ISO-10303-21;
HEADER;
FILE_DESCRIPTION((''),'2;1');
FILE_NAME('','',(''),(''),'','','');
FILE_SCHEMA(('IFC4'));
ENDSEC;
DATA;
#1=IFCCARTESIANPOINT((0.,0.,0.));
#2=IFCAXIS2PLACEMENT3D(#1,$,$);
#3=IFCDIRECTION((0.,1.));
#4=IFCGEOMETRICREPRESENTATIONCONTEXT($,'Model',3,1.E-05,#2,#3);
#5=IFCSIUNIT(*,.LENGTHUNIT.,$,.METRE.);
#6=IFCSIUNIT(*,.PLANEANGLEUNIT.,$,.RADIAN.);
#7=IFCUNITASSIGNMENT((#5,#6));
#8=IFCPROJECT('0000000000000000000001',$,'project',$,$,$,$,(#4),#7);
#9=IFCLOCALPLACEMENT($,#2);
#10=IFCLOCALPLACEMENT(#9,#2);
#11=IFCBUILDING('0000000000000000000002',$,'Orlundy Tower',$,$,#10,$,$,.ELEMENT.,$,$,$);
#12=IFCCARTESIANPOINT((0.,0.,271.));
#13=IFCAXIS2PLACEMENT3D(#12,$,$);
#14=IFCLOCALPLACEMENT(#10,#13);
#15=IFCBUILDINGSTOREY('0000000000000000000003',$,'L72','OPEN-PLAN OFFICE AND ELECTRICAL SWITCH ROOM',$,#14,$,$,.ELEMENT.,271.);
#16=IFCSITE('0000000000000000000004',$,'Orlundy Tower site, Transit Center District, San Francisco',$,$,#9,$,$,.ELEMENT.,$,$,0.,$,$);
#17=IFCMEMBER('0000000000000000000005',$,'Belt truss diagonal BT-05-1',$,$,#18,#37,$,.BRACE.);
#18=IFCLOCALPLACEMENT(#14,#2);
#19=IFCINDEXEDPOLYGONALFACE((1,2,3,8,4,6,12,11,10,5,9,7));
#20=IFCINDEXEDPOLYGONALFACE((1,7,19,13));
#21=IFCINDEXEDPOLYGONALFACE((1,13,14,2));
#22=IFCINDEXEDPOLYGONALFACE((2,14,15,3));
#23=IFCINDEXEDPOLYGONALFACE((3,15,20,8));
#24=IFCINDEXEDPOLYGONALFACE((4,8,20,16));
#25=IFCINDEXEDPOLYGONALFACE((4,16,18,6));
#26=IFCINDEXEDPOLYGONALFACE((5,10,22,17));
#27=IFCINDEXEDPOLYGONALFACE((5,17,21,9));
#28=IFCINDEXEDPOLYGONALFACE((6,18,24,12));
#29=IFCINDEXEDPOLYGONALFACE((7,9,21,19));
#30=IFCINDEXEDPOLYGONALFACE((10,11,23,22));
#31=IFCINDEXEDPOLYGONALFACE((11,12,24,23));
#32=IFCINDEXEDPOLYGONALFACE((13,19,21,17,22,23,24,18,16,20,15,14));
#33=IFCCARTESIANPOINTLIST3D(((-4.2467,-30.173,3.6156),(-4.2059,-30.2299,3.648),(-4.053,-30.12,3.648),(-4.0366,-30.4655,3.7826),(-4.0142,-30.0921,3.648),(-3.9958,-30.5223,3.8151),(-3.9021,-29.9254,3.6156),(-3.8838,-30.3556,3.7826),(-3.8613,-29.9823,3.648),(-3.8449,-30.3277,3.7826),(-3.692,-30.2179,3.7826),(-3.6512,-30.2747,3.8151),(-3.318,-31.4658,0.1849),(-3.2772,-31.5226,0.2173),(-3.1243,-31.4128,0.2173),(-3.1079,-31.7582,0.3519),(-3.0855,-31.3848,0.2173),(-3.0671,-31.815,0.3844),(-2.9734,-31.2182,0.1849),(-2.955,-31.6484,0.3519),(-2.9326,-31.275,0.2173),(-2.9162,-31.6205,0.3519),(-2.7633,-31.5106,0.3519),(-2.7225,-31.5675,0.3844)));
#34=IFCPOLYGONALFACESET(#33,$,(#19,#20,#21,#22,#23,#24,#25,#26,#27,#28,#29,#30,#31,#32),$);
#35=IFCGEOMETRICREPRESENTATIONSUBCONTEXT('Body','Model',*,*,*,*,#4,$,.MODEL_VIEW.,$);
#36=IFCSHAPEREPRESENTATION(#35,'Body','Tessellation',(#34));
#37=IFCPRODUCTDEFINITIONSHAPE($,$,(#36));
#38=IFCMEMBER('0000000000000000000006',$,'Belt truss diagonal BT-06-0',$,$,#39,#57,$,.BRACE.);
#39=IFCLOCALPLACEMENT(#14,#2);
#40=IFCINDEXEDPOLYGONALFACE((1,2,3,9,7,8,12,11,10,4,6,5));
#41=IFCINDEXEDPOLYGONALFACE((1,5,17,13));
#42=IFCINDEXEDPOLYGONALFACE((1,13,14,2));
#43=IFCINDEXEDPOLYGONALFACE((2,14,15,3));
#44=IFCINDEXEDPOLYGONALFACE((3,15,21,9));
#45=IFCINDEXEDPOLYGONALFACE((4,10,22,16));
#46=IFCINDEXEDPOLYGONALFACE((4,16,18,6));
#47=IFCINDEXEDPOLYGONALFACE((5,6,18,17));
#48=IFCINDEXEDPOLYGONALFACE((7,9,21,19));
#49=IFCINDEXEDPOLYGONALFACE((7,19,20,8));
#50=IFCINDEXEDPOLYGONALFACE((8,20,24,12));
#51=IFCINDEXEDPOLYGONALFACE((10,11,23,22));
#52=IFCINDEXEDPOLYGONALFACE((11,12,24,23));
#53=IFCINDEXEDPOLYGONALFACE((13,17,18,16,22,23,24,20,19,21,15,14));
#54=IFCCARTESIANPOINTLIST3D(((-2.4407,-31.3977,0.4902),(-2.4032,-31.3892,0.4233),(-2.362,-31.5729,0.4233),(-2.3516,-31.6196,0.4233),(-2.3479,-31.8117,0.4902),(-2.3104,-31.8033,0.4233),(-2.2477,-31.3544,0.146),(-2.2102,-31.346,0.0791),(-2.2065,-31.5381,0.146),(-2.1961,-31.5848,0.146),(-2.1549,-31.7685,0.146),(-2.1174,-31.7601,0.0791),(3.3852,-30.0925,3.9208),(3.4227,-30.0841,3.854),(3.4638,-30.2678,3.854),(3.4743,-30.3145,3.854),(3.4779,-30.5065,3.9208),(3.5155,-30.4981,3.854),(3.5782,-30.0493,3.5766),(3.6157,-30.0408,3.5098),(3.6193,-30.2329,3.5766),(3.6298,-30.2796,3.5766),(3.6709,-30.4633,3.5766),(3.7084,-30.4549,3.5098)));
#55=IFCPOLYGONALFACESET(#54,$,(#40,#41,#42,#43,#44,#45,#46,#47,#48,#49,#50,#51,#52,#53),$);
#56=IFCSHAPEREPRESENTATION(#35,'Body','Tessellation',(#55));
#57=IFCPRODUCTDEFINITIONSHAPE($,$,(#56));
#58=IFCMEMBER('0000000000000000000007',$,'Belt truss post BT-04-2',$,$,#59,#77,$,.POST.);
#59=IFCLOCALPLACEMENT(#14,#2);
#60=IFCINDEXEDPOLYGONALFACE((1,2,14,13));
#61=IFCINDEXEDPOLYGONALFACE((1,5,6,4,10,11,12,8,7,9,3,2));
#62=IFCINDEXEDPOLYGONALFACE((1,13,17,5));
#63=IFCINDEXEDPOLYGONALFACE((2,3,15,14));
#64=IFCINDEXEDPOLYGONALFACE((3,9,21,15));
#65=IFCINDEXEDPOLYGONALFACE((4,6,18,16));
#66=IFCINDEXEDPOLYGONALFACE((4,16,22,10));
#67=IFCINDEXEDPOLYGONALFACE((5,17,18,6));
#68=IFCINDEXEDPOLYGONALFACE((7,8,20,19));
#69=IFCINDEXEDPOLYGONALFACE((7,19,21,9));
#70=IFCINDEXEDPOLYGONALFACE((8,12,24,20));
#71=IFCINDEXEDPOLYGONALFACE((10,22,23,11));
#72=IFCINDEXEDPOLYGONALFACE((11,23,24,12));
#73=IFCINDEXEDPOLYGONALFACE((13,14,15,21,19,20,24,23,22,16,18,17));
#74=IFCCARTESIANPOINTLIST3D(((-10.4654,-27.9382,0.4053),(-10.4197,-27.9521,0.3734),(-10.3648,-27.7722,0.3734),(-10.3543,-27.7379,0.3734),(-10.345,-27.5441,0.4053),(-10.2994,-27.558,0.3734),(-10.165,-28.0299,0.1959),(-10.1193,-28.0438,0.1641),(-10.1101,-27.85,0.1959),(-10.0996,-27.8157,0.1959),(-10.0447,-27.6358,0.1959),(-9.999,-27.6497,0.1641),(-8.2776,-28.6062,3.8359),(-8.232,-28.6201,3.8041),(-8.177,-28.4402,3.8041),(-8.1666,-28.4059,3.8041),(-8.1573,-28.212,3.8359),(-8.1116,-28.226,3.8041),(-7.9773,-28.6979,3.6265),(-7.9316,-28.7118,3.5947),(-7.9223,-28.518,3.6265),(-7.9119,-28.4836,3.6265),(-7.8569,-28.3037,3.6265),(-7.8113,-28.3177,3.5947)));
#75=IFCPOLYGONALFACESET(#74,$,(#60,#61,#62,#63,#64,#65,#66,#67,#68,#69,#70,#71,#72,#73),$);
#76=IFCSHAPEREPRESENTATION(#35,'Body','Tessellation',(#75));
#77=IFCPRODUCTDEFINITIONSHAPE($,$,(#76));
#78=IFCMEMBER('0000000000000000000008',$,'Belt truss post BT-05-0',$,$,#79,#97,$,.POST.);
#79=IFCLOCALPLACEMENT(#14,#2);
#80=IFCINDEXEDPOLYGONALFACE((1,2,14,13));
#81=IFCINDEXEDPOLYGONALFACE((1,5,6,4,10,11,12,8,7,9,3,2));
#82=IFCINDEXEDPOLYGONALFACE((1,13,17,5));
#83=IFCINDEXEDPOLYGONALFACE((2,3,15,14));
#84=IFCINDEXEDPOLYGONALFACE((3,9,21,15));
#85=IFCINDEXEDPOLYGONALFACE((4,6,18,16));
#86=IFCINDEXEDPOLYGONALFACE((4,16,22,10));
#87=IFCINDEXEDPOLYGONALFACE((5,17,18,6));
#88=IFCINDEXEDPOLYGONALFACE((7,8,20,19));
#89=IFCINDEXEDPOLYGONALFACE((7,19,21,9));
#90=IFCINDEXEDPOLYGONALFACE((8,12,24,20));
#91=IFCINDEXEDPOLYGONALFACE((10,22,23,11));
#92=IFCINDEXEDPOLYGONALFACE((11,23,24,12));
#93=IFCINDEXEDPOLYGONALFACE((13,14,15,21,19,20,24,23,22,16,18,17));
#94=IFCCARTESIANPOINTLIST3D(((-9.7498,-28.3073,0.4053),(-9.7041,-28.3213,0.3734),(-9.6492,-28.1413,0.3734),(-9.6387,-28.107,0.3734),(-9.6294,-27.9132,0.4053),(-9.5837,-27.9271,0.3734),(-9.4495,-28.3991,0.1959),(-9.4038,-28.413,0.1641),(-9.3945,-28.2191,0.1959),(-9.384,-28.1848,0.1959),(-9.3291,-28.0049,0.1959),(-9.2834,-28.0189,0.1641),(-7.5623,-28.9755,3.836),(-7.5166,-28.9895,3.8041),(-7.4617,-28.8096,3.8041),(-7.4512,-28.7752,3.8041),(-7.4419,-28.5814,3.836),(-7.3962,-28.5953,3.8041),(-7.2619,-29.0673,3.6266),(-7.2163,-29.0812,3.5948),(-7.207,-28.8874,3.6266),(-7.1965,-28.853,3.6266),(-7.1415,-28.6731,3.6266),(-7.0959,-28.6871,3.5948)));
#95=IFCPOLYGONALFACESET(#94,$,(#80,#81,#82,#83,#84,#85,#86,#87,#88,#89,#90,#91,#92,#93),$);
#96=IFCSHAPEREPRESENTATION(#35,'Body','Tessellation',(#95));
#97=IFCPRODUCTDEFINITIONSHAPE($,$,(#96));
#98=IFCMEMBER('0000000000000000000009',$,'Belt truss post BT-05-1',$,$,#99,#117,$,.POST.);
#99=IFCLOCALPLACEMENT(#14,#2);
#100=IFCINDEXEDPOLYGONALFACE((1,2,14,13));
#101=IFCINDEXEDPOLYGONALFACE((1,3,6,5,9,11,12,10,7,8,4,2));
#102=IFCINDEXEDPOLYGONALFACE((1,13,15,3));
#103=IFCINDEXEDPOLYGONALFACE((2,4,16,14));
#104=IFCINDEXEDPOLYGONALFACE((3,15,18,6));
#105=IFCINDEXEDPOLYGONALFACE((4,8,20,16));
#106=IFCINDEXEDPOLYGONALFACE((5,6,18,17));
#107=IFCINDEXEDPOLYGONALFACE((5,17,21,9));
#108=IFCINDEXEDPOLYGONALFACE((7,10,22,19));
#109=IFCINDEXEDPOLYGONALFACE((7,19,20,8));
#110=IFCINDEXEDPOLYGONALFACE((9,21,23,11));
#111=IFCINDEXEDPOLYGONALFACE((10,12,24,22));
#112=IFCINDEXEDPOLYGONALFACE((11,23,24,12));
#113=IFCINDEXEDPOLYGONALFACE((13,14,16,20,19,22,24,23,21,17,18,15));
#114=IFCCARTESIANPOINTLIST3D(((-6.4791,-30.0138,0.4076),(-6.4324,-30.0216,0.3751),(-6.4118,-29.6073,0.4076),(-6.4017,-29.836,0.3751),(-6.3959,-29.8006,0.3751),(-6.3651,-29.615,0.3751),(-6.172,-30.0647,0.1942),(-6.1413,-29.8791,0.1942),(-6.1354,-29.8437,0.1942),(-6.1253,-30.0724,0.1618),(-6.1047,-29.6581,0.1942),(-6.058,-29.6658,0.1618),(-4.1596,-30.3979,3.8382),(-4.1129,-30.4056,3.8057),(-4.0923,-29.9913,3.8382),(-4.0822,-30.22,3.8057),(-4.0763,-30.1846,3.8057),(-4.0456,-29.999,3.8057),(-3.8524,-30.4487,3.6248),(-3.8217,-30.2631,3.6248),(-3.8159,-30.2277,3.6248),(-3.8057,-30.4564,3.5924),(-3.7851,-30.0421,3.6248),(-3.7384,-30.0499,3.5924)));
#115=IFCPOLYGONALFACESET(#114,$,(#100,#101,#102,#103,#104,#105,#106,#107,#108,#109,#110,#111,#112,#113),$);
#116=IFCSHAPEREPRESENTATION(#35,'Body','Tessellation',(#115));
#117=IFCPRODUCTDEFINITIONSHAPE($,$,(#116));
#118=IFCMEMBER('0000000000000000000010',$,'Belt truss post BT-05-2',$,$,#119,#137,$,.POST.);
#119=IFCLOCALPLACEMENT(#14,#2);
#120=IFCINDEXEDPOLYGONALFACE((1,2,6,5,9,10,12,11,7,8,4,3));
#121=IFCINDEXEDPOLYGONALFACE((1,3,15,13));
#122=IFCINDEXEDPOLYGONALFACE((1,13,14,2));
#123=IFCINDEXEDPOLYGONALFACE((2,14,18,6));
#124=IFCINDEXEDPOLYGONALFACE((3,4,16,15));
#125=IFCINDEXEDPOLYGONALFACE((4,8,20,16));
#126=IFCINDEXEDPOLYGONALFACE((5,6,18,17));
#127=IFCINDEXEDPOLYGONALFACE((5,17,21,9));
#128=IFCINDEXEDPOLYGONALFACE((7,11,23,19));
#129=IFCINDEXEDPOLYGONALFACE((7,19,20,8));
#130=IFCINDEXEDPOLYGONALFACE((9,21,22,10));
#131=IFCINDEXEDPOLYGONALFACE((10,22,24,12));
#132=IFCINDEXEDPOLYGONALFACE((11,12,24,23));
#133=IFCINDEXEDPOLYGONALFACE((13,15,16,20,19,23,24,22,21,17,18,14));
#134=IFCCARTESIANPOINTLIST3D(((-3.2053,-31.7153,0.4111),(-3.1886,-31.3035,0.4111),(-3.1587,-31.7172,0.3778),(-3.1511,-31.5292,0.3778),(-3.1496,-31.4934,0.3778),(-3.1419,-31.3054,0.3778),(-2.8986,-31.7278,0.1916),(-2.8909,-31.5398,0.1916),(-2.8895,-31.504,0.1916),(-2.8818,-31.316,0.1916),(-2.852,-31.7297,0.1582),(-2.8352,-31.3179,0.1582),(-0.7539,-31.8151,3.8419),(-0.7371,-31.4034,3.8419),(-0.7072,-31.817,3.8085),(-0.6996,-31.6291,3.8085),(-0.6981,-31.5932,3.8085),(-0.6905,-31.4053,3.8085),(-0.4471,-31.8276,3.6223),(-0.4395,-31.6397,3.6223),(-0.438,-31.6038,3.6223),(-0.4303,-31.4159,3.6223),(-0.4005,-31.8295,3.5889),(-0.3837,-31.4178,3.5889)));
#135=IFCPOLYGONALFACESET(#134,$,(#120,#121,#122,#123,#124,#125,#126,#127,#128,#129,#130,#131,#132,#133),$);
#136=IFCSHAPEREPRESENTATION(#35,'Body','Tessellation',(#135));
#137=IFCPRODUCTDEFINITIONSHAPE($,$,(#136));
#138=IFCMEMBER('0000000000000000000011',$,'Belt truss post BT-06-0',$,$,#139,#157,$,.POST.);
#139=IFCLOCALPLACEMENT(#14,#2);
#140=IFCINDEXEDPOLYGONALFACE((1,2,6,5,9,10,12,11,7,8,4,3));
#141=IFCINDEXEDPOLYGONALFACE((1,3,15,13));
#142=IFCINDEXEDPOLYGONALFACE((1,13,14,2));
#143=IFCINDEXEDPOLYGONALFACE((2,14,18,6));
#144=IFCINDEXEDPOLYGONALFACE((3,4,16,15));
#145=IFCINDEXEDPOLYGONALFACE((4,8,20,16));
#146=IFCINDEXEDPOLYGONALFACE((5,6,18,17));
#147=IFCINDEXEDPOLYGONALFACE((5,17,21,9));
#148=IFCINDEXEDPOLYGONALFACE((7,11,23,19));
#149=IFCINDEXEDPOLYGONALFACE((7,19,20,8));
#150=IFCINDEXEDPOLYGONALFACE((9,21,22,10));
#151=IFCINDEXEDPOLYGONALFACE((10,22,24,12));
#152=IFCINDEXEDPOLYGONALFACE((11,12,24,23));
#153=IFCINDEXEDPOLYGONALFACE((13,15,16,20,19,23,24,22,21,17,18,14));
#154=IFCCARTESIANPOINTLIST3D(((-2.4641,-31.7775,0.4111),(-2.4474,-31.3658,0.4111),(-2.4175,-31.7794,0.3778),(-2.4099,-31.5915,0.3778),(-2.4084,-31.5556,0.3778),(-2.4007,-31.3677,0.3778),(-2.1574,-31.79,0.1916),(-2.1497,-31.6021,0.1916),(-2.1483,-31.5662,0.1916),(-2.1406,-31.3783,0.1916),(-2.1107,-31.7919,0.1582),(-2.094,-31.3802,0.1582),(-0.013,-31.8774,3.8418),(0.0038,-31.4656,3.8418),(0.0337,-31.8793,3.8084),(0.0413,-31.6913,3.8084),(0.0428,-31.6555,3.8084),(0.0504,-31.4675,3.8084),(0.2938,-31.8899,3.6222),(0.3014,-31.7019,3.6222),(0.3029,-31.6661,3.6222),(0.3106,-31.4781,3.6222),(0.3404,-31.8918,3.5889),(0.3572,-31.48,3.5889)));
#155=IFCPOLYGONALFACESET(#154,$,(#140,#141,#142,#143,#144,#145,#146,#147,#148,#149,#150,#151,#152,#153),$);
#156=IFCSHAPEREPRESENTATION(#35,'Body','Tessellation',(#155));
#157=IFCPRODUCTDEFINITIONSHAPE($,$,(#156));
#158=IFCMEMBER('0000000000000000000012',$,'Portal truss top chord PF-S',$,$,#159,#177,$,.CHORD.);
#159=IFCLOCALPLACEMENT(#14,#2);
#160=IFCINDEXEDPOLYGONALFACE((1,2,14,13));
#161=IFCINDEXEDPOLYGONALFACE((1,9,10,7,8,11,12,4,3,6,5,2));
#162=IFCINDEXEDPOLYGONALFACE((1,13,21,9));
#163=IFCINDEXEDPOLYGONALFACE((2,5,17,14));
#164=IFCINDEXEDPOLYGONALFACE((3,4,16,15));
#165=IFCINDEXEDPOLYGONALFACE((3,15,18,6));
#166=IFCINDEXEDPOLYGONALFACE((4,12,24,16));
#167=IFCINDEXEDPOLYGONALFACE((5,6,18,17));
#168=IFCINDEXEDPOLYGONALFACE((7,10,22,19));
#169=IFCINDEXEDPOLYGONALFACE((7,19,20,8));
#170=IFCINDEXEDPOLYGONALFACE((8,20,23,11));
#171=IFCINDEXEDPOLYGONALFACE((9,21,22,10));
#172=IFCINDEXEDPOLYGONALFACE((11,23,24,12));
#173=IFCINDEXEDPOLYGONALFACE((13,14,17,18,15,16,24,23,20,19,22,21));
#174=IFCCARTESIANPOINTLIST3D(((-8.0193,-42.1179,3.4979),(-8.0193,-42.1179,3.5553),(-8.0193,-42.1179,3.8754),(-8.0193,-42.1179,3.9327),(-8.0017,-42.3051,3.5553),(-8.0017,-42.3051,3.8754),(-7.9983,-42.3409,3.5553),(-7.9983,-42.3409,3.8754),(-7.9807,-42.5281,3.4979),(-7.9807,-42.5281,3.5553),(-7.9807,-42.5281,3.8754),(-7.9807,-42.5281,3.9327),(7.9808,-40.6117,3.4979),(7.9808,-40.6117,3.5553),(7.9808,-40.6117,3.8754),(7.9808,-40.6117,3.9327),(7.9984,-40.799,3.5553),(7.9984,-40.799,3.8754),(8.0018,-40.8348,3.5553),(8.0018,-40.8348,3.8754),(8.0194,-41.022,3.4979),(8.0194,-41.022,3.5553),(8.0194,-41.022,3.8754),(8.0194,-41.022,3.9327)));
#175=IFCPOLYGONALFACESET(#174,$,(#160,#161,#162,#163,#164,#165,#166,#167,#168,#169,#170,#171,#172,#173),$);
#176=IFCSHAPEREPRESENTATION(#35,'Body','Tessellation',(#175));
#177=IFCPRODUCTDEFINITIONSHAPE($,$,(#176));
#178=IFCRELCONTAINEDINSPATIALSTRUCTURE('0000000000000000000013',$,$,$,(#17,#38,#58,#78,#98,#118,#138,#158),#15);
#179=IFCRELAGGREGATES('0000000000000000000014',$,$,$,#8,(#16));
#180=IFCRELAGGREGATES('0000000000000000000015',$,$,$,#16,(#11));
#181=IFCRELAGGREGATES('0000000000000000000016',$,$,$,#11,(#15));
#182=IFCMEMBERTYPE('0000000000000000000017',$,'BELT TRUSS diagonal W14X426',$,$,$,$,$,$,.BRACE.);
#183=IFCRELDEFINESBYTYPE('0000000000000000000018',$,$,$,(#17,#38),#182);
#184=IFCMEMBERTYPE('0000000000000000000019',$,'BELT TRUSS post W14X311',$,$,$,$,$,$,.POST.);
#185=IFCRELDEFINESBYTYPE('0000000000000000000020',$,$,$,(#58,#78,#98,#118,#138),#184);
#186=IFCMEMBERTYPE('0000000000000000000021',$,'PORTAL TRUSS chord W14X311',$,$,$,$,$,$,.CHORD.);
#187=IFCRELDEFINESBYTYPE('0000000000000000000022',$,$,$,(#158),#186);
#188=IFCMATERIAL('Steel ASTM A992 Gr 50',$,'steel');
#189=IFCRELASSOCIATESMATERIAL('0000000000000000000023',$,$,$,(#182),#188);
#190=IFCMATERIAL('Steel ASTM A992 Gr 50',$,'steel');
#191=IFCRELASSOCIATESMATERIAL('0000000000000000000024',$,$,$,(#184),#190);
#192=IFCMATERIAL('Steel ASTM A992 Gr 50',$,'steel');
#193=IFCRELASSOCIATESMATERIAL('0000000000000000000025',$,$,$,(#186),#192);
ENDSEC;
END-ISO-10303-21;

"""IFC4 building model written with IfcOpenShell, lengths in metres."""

from ifc_helpers import new_model, si_unit, direction, frame, origin, origin_2d, place, context, subcontext, project, spatial, i_section, extrude, material, material_profile, profile_set, type_object, element, save


model = new_model("IFC4")

# Units and contexts
model_context = context("Model", 3, precision=1e-05, world=origin(), true_north=direction((0.0, 1.0)))
body_context = subcontext(model_context, "Body", "Model", "MODEL_VIEW")
ifc_project = project(units=[si_unit("LENGTHUNIT", "METRE"), si_unit("PLANEANGLEUNIT", "RADIAN")], contexts=[model_context])

# Site, building, storey
site_placement = place(None, origin())
site = spatial("IfcSite", under=ifc_project, at=site_placement, Name="Orlundy Tower site, Transit Center District, San Francisco", CompositionType="ELEMENT", RefElevation=0.0)
building_placement = place(site_placement, origin())
building = spatial("IfcBuilding", under=site, at=building_placement, Name="Orlundy Tower", CompositionType="ELEMENT")
storey_placement = place(building_placement, frame((0.0, 0.0, 271.0)))
storey = spatial("IfcBuildingStorey", under=building, at=storey_placement, Name="L72", Description="OPEN-PLAN OFFICE AND ELECTRICAL SWITCH ROOM", CompositionType="ELEMENT", Elevation=271.0)

# Members
ifc_material_1 = material(Name="Steel ASTM A992 Gr 50", Category="steel")
ifc_material_profile_1 = material_profile(ifc_material_1, i_section(OverallWidth=0.4243, OverallDepth=0.4741, WebThickness=0.0479, FlangeThickness=0.0771, at=origin_2d()), Name="W14X426")
ifc_profile_set_1 = profile_set([ifc_material_profile_1], Name="Steel ASTM A992 Gr 50")
member_type_1 = type_object("IfcMemberType", Name="BELT TRUSS diagonal W14X426", PredefinedType="BRACE", material=ifc_profile_set_1)
member_1_placement = place(storey_placement, frame((-3.949, -30.2239, 3.7153), z_axis=(0.245564, -0.341815, -0.907117), x_axis=(0.812145, 0.583456, 0.0)))
element("IfcMember", 1, at=member_1_placement, inside=storey, type_object=member_type_1, Name="Belt truss diagonal BT-05-1", PredefinedType="BRACE", context=body_context, shape_type="SweptSolid", body=[
    extrude(i_section(OverallWidth=0.4243, OverallDepth=0.4741, WebThickness=0.0479, FlangeThickness=0.0771, at=origin_2d()), origin(), (0.0, 0.0, 1.0), 3.782),
])
member_2_placement = place(storey_placement, frame((-2.2791, -31.5789, 0.2847), z_axis=(0.846077, 0.189546, 0.498222), x_axis=(-0.21861, 0.975812, 0.0)))
element("IfcMember", 2, at=member_2_placement, inside=storey, type_object=member_type_1, Name="Belt truss diagonal BT-06-0", PredefinedType="BRACE", context=body_context, shape_type="SweptSolid", body=[
    extrude(i_section(OverallWidth=0.4243, OverallDepth=0.4741, WebThickness=0.0479, FlangeThickness=0.0771, at=origin_2d()), origin(), (0.0, 0.0, 1.0), 6.8857),
])
ifc_material_2 = material(Name="Steel ASTM A992 Gr 50", Category="steel")
ifc_material_profile_2 = material_profile(ifc_material_2, i_section(OverallWidth=0.4121, OverallDepth=0.4348, WebThickness=0.0359, FlangeThickness=0.0574, at=origin_2d()), Name="W14X311")
ifc_profile_set_2 = profile_set([ifc_material_profile_2], Name="Steel ASTM A992 Gr 50")
member_type_2 = type_object("IfcMemberType", Name="BELT TRUSS post W14X311", PredefinedType="POST", material=ifc_profile_set_2)
for number, where, z_axis, x_axis, name in (
    (3, (-10.2322, -27.7939, 0.2847), (0.530577, -0.161997, 0.832013), (0.292015, 0.956414, 0.0), "Belt truss post BT-04-2"),
    (4, (-9.5166, -28.1631, 0.2847), (0.530529, -0.16206, 0.832031), (0.292143, 0.956375, 0.0), "Belt truss post BT-05-0"),
):
    element("IfcMember", number, at=place(storey_placement, frame(where, z_axis=z_axis, x_axis=x_axis)), inside=storey, type_object=member_type_2, Name=name, PredefinedType="POST", context=body_context, shape_type="SweptSolid", body=[
        extrude(i_section(OverallWidth=0.4121, OverallDepth=0.4348, WebThickness=0.0359, FlangeThickness=0.0574, at=origin_2d()), origin(), (0.0, 0.0, 1.0), 4.1233),
    ])
member_3_placement = place(storey_placement, frame((-6.2686, -29.8398, 0.2847), z_axis=(0.557724, -0.092338, 0.824875), x_axis=(0.163338, 0.98657, 0.0)))
element("IfcMember", 5, at=member_3_placement, inside=storey, type_object=member_type_2, Name="Belt truss post BT-05-1", PredefinedType="POST", context=body_context, shape_type="SweptSolid", body=[
    extrude(i_section(OverallWidth=0.4121, OverallDepth=0.4348, WebThickness=0.0359, FlangeThickness=0.0574, at=origin_2d()), origin(), (0.0, 0.0, 1.0), 4.1589),
])
member_4_placement = place(storey_placement, frame((-3.0203, -31.5166, 0.2847), z_axis=(0.581223, -0.023675, 0.8134), x_axis=(0.040699, 0.999171, 0.0)))
element("IfcMember", 6, at=member_4_placement, inside=storey, type_object=member_type_2, Name="Belt truss post BT-05-2", PredefinedType="POST", context=body_context, shape_type="SweptSolid", body=[
    extrude(i_section(OverallWidth=0.4121, OverallDepth=0.4348, WebThickness=0.0359, FlangeThickness=0.0574, at=origin_2d()), origin(), (0.0, 0.0, 1.0), 4.2178),
])
member_5_placement = place(storey_placement, frame((-2.2791, -31.5789, 0.2847), z_axis=(0.581185, -0.023676, 0.813427), x_axis=(0.040703, 0.999171, 0.0)))
element("IfcMember", 7, at=member_5_placement, inside=storey, type_object=member_type_2, Name="Belt truss post BT-06-0", PredefinedType="POST", context=body_context, shape_type="SweptSolid", body=[
    extrude(i_section(OverallWidth=0.4121, OverallDepth=0.4348, WebThickness=0.0359, FlangeThickness=0.0574, at=origin_2d()), origin(), (0.0, 0.0, 1.0), 4.2175),
])
ifc_material_3 = material(Name="Steel ASTM A992 Gr 50", Category="steel")
ifc_material_profile_3 = material_profile(ifc_material_3, i_section(OverallWidth=0.4121, OverallDepth=0.4348, WebThickness=0.0359, FlangeThickness=0.0574, at=origin_2d()), Name="W14X311")
ifc_profile_set_3 = profile_set([ifc_material_profile_3], Name="Steel ASTM A992 Gr 50")
member_type_3 = type_object("IfcMemberType", Name="PORTAL TRUSS chord W14X311", PredefinedType="CHORD", material=ifc_profile_set_3)
member_6_placement = place(storey_placement, frame((-8.0, -42.323, 3.7153), z_axis=(0.995599, 0.093717, 0.0), x_axis=(-0.093717, 0.995599, 0.0)))
element("IfcMember", 8, at=member_6_placement, inside=storey, type_object=member_type_3, Name="Portal truss top chord PF-S", PredefinedType="CHORD", context=body_context, shape_type="SweptSolid", body=[
    extrude(i_section(OverallWidth=0.4121, OverallDepth=0.4348, WebThickness=0.0359, FlangeThickness=0.0574, at=origin_2d()), origin(), (0.0, 0.0, 1.0), 16.0708),
])

save(model, "model.ifc")
